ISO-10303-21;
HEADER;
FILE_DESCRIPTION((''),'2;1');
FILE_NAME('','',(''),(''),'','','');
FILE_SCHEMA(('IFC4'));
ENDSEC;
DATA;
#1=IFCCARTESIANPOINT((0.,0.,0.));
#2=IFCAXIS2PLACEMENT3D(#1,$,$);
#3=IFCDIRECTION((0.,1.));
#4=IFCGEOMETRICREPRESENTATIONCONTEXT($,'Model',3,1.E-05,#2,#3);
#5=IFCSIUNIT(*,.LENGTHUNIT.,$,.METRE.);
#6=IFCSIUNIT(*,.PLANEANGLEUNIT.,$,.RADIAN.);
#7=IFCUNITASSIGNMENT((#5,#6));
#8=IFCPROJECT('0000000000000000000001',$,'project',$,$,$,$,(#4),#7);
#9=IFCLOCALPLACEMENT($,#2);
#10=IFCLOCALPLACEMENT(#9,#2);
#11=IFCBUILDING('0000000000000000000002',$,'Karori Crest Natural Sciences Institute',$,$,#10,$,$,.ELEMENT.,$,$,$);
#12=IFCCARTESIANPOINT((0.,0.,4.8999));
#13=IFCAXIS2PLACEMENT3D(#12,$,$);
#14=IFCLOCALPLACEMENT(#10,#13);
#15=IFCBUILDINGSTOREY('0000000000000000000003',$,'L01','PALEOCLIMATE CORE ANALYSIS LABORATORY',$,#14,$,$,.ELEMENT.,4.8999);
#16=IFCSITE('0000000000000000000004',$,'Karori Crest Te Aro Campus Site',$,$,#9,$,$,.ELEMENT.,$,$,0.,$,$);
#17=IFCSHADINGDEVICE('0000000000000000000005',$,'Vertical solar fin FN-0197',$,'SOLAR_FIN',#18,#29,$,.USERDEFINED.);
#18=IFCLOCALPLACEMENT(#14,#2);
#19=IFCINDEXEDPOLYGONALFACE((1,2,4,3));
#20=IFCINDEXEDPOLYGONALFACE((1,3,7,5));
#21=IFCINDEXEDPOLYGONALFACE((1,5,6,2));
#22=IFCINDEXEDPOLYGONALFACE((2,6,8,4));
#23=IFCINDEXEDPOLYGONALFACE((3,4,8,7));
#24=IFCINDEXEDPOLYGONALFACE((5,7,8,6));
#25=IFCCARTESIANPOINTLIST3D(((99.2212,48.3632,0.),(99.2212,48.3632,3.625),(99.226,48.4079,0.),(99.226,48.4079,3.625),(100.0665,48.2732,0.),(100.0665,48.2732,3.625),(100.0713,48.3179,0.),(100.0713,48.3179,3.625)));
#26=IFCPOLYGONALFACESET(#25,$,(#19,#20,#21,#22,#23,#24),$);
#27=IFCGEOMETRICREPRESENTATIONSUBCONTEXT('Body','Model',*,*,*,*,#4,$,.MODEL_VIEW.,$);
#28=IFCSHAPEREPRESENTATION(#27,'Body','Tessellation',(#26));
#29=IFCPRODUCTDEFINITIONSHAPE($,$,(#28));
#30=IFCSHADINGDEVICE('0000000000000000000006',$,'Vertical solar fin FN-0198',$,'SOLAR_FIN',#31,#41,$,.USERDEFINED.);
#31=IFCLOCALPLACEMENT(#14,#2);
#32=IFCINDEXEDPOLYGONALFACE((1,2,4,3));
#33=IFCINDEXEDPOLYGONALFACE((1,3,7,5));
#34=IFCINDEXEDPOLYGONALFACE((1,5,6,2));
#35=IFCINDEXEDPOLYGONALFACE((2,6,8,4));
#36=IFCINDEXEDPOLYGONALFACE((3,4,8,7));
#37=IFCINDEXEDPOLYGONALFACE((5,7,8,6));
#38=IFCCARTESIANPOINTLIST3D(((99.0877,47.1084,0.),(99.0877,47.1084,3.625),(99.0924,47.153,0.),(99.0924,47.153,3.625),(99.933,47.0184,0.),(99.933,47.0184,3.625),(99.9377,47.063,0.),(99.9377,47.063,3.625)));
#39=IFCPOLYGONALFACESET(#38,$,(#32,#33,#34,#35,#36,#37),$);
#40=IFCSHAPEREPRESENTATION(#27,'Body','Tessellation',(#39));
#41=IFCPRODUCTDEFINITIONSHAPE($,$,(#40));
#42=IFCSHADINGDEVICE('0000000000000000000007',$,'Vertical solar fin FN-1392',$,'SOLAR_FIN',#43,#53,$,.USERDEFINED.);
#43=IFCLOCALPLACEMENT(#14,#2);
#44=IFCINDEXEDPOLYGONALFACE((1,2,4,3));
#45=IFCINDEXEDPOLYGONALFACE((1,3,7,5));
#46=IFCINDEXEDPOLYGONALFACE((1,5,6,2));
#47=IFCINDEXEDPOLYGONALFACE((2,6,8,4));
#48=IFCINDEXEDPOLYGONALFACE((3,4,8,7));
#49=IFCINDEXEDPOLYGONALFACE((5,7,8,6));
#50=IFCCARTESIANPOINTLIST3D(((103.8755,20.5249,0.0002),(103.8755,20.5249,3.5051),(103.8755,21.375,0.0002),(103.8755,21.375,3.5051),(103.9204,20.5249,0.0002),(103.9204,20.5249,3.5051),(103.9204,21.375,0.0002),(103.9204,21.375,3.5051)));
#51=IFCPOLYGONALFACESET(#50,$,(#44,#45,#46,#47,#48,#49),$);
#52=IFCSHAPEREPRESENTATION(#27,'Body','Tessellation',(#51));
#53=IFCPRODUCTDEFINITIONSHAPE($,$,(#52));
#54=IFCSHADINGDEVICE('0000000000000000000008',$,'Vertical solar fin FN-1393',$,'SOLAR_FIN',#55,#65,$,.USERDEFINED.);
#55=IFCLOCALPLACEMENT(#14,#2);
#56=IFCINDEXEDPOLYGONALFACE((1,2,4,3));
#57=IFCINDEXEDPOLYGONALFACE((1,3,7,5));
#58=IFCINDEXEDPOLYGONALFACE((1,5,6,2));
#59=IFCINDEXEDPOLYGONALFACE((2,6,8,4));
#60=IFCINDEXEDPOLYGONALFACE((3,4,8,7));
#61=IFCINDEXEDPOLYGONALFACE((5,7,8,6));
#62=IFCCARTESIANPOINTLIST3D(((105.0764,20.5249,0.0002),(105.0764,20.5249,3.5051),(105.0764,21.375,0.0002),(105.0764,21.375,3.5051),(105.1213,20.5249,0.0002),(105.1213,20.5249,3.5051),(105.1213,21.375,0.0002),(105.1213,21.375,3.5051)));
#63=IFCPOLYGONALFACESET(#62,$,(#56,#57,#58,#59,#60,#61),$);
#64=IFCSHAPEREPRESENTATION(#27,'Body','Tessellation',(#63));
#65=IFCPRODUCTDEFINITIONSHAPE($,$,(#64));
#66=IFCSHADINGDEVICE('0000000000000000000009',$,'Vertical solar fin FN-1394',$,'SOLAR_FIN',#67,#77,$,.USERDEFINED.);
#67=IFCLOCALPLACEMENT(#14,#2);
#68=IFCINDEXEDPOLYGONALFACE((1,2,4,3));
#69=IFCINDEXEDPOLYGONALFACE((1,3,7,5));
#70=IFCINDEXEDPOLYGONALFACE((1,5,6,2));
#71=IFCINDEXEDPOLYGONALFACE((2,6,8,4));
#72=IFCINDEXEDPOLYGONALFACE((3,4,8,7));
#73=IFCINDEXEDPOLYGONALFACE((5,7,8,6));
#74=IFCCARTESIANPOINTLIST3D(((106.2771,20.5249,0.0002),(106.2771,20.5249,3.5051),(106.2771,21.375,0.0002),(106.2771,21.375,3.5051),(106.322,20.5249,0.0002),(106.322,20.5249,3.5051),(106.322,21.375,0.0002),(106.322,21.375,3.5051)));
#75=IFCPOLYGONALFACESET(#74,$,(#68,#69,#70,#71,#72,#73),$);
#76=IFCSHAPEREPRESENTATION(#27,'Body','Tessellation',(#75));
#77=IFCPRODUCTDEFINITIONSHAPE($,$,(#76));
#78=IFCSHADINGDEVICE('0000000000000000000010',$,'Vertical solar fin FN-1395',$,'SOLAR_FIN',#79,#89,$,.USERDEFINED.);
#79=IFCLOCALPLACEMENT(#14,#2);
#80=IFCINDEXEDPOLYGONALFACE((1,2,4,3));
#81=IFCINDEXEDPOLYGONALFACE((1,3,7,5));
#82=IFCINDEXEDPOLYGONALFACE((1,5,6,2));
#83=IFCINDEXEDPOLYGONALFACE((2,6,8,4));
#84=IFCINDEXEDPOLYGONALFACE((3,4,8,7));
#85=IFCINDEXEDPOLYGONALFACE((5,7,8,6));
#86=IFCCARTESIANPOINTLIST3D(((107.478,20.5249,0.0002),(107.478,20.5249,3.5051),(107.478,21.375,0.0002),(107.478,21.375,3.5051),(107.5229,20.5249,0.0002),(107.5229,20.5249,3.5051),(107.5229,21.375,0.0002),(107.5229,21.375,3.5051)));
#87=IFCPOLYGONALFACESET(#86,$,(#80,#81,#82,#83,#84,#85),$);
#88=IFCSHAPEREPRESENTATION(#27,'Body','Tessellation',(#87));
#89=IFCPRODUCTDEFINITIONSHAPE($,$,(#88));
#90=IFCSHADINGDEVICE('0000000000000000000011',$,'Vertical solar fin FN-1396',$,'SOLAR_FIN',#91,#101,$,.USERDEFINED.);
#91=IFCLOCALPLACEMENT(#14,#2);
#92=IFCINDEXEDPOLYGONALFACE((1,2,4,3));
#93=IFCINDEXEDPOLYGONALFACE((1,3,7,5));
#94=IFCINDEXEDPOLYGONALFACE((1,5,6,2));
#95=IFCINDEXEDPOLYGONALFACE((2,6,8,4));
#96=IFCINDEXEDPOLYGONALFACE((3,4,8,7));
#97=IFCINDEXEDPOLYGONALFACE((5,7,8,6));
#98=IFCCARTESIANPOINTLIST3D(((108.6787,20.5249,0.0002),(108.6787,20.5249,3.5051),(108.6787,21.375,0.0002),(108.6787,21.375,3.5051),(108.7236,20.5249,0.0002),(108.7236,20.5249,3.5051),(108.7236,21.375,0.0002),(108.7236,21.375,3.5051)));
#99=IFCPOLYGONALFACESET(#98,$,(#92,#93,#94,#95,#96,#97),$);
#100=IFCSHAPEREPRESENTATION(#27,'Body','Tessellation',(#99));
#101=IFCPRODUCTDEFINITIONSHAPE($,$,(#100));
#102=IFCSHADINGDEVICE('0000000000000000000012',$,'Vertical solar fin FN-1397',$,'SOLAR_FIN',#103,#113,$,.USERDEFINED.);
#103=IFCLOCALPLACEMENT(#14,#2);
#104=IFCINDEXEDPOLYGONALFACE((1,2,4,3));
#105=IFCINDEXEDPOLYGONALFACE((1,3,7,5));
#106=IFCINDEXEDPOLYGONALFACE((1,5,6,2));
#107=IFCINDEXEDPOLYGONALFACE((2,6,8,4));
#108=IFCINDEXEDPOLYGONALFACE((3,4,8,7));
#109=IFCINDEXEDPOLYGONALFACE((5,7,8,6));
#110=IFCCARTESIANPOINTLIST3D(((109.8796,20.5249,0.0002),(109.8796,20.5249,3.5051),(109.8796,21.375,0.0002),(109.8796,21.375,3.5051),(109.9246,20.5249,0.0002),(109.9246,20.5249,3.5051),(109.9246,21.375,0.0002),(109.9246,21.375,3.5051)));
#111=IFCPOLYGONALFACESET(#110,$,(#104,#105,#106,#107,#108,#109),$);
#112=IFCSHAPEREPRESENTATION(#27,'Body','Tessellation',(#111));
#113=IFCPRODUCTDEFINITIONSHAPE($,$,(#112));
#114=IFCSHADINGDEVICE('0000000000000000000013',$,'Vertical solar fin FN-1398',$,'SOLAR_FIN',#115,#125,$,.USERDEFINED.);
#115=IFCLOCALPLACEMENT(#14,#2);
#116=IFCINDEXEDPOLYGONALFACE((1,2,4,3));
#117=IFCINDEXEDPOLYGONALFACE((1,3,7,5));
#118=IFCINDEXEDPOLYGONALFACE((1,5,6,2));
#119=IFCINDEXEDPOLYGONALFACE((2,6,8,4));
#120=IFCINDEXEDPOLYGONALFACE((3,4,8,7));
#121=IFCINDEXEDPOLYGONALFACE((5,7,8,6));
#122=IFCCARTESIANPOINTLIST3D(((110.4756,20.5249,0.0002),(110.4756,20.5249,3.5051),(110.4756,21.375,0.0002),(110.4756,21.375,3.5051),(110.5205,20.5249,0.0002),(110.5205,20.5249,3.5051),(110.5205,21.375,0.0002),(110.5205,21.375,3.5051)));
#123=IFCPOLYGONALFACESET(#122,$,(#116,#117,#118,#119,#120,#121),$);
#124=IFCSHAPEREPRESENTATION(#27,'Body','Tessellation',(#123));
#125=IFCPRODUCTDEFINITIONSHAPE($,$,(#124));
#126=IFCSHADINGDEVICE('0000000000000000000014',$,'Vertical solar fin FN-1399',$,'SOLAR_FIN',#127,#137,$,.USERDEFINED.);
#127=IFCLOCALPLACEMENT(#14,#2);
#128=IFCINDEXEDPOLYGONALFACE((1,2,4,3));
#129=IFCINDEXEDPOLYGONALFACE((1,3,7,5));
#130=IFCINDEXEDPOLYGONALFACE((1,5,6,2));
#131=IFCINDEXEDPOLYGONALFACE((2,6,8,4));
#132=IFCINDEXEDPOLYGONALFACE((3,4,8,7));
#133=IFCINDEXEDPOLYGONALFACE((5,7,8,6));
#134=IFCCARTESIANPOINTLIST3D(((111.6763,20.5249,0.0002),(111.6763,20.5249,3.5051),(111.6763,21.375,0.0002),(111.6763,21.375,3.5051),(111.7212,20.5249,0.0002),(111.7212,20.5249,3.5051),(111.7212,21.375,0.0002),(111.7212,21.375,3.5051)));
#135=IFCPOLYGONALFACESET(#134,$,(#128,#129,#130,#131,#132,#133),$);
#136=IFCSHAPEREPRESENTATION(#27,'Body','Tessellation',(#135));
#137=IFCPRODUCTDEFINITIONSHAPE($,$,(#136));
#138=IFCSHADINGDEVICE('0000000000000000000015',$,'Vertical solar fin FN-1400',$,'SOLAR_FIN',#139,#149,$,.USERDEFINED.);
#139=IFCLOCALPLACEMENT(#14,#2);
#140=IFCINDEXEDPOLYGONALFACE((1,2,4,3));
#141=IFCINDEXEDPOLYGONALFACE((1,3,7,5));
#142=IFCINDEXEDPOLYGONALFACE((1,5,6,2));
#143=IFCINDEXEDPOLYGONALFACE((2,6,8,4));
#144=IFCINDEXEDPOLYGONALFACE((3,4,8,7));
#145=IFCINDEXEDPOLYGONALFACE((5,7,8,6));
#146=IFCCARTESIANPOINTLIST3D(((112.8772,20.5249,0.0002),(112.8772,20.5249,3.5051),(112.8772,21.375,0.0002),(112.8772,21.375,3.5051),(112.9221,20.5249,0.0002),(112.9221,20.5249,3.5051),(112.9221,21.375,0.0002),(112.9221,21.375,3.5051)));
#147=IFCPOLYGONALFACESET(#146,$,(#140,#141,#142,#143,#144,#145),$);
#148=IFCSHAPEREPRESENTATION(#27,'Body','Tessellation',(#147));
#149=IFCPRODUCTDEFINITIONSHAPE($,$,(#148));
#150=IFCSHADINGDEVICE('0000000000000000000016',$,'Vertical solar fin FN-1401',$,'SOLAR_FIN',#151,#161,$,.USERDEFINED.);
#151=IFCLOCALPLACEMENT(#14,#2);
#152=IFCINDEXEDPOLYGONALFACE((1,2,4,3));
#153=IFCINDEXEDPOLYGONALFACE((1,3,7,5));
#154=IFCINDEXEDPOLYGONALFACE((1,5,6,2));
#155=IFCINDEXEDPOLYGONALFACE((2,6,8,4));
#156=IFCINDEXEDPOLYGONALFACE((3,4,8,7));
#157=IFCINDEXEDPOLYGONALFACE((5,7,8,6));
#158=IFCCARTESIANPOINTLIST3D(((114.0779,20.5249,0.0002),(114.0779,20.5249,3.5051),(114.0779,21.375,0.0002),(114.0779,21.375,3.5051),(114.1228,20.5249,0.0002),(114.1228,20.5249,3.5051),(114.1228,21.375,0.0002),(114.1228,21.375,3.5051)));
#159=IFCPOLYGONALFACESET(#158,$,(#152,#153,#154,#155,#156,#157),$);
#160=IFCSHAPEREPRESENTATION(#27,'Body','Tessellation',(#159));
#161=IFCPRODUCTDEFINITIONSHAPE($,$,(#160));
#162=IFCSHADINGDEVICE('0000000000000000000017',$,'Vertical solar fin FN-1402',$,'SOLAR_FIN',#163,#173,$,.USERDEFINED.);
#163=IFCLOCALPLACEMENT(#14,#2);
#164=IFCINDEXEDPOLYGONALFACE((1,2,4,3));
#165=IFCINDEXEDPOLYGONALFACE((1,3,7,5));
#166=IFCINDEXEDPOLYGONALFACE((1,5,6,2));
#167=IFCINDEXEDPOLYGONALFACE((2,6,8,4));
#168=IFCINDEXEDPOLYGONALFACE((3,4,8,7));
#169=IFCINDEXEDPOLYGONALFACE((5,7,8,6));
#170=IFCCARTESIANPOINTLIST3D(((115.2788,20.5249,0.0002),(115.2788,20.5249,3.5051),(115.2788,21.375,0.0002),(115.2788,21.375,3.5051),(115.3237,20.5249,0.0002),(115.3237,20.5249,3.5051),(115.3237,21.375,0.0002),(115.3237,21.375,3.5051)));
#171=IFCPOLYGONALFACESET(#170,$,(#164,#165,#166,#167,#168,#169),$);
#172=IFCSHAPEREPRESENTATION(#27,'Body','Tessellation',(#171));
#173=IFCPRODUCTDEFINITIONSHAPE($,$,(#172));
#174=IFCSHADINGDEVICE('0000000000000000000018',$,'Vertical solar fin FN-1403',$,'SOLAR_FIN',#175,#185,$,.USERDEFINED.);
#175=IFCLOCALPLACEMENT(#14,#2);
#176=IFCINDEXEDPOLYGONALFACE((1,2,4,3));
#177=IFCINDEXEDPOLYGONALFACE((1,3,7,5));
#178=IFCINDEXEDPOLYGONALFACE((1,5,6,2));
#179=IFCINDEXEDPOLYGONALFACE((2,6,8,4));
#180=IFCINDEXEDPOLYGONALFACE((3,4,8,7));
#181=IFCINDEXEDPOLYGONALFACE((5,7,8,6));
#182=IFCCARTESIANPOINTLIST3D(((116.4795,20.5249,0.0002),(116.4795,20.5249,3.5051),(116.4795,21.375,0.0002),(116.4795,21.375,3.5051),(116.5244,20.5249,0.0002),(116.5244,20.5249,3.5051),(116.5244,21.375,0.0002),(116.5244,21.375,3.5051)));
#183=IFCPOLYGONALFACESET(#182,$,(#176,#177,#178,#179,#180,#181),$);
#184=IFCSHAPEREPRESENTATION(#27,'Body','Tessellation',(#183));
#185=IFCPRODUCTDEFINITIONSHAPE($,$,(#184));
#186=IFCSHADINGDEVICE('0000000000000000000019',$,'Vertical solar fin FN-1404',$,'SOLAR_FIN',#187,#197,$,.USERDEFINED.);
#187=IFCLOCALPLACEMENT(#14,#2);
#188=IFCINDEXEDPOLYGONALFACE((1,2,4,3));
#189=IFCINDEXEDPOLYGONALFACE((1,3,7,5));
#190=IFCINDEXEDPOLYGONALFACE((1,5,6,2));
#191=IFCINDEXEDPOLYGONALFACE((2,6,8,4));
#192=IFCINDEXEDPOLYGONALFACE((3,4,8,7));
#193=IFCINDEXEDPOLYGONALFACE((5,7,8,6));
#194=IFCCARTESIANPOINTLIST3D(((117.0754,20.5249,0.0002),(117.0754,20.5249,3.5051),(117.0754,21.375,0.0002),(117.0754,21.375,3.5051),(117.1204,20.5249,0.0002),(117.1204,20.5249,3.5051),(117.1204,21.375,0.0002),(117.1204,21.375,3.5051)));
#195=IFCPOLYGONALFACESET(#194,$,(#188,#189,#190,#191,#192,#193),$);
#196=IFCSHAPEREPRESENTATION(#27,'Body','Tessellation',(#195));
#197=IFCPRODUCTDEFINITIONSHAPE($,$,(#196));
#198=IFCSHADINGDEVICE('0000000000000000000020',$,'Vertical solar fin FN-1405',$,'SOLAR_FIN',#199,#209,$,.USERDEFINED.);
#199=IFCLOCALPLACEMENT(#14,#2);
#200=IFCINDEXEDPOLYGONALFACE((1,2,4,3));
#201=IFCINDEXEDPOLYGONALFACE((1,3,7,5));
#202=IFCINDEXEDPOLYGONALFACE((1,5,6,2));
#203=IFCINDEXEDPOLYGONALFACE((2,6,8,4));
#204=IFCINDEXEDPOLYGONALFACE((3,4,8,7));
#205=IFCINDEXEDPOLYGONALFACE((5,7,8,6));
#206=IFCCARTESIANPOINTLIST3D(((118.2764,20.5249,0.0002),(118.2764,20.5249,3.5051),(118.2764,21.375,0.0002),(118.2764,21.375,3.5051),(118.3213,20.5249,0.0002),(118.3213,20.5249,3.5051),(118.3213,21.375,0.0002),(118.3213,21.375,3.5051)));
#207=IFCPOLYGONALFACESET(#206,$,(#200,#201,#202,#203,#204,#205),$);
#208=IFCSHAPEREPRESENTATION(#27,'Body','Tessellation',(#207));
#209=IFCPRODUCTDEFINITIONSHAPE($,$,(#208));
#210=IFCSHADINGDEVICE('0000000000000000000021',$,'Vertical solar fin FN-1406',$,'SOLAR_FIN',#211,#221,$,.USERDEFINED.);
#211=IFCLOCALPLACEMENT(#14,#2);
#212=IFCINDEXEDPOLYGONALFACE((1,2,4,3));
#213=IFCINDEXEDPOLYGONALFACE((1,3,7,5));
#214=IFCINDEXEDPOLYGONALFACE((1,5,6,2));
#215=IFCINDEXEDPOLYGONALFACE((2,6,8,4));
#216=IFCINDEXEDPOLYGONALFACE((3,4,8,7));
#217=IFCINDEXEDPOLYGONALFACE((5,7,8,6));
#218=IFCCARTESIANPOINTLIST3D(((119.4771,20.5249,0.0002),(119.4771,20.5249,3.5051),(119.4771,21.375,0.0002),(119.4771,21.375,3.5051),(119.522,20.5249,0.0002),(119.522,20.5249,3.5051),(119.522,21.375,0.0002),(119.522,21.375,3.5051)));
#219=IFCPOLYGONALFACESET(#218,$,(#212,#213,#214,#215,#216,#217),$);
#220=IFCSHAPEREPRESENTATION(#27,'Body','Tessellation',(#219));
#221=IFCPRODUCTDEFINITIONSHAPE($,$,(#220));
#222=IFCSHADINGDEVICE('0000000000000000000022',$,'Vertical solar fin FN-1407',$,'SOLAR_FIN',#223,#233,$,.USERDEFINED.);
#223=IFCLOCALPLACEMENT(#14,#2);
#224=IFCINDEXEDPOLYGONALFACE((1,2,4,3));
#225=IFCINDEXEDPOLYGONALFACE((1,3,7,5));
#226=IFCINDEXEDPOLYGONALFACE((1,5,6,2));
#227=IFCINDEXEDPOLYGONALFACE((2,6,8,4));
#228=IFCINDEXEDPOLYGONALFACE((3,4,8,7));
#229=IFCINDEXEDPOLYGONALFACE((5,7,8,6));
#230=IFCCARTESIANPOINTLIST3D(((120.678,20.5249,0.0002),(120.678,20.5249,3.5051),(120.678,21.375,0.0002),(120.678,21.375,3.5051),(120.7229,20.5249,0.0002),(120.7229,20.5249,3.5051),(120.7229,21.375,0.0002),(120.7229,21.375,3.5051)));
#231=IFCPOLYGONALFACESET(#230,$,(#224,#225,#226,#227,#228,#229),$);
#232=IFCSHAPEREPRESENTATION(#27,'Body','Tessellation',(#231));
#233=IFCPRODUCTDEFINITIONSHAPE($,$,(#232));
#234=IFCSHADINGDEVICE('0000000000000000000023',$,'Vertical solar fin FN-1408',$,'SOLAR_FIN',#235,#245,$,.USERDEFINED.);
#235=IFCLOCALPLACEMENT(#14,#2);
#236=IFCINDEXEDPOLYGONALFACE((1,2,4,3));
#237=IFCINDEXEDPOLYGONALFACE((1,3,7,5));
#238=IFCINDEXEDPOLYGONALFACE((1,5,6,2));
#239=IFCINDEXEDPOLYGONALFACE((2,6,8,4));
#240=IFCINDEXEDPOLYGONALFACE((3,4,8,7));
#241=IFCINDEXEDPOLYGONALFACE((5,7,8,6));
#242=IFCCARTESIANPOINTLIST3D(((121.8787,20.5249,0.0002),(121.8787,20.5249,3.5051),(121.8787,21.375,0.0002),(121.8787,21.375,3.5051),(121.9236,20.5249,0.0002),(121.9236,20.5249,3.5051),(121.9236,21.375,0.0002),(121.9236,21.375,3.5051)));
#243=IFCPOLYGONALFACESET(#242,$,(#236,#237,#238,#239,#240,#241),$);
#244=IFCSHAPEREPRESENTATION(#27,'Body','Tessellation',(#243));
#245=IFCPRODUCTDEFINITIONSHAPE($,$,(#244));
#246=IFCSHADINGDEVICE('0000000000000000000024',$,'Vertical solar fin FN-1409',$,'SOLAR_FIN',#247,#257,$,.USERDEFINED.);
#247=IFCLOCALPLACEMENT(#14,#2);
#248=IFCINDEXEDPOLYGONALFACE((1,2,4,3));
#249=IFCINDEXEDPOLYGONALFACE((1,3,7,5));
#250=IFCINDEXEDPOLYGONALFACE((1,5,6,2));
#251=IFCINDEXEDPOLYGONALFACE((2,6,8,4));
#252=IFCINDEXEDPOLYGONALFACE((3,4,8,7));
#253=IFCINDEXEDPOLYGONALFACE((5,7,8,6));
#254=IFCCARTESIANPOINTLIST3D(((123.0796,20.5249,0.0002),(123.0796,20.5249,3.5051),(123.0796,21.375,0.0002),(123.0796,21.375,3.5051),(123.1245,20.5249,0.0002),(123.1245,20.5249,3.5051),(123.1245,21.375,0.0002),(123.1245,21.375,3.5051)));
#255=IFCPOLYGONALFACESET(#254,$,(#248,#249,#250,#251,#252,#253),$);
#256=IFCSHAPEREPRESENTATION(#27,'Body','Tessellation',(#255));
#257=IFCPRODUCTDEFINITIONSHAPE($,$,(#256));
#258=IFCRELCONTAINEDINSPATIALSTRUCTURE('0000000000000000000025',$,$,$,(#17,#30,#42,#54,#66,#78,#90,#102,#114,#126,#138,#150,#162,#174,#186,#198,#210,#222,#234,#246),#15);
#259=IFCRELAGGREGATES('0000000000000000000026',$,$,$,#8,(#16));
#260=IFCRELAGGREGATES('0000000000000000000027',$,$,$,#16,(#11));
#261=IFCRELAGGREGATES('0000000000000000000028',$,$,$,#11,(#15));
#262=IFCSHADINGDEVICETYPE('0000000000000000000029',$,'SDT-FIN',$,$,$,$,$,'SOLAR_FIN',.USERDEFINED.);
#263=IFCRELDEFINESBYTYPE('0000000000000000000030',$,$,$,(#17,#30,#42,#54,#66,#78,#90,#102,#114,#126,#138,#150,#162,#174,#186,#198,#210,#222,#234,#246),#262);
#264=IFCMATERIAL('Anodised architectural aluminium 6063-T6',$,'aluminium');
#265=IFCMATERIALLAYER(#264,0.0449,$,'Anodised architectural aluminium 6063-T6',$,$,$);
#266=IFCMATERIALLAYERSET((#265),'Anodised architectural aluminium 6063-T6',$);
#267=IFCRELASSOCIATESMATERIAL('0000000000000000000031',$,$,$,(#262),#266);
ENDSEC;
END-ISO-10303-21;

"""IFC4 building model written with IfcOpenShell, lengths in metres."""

from ifc_helpers import new_model, si_unit, direction, frame, origin, origin_2d, place, context, subcontext, project, spatial, rectangle, extrude, material, layer, layer_set, type_object, element, save


model = new_model("IFC4")

# Units and contexts
model_context = context("Model", 3, precision=1e-05, world=origin(), true_north=direction((0.0, 1.0)))
body_context = subcontext(model_context, "Body", "Model", "MODEL_VIEW")
ifc_project = project(units=[si_unit("LENGTHUNIT", "METRE"), si_unit("PLANEANGLEUNIT", "RADIAN")], contexts=[model_context])

# Site, building, storey
site_placement = place(None, origin())
site = spatial("IfcSite", under=ifc_project, at=site_placement, Name="Karori Crest Te Aro Campus Site", CompositionType="ELEMENT", RefElevation=0.0)
building_placement = place(site_placement, origin())
building = spatial("IfcBuilding", under=site, at=building_placement, Name="Karori Crest Natural Sciences Institute", CompositionType="ELEMENT")
storey_placement = place(building_placement, frame((0.0, 0.0, 4.8999)))
storey = spatial("IfcBuildingStorey", under=building, at=storey_placement, Name="L01", Description="PALEOCLIMATE CORE ANALYSIS LABORATORY", CompositionType="ELEMENT", Elevation=4.8999)

# Shared definitions
ifc_material_1 = material(Name="Anodised architectural aluminium 6063-T6", Category="aluminium")

# Shading devices
ifc_layer_1 = layer(ifc_material_1, 0.0449, Name="Anodised architectural aluminium 6063-T6")
ifc_layer_set_1 = layer_set([ifc_layer_1], Name="Anodised architectural aluminium 6063-T6")
shading_device_type = type_object("IfcShadingDeviceType", Name="SDT-FIN", ElementType="SOLAR_FIN", PredefinedType="USERDEFINED", material=ifc_layer_set_1)
for number, where, z_axis, x_axis, name in (
    (1, (99.6462, 48.3406, 0.0), (0.0, 0.0, 1.0), (0.994378, -0.105884, 0.0), "Vertical solar fin FN-0197"),
    (2, (99.5127, 47.0857, 0.0), (0.0, 0.0, 1.0), (0.994378, -0.105884, 0.0), "Vertical solar fin FN-0198"),
):
    element("IfcShadingDevice", number, at=place(storey_placement, frame(where, z_axis=z_axis, x_axis=x_axis)), inside=storey, type_object=shading_device_type, Name=name, ObjectType="SOLAR_FIN", PredefinedType="USERDEFINED", context=body_context, shape_type="SweptSolid", body=[
        extrude(rectangle(XDim=0.8501, YDim=0.0449, at=origin_2d()), origin(), (0.0, 0.0, 1.0), 3.625),
    ])
for number, where, z_axis, x_axis, name in (
    (3, (103.8979, 20.95, 0.0002), (0.0, 0.0, 1.0), (0.0, 1.0, 0.0), "Vertical solar fin FN-1392"),
    (4, (105.0989, 20.95, 0.0002), (0.0, 0.0, 1.0), (0.0, 1.0, 0.0), "Vertical solar fin FN-1393"),
    (5, (106.2996, 20.95, 0.0002), (0.0, 0.0, 1.0), (0.0, 1.0, 0.0), "Vertical solar fin FN-1394"),
    (6, (107.5005, 20.95, 0.0002), (0.0, 0.0, 1.0), (0.0, 1.0, 0.0), "Vertical solar fin FN-1395"),
    (7, (108.7012, 20.95, 0.0002), (0.0, 0.0, 1.0), (0.0, 1.0, 0.0), "Vertical solar fin FN-1396"),
    (8, (109.9021, 20.95, 0.0002), (0.0, 0.0, 1.0), (0.0, 1.0, 0.0), "Vertical solar fin FN-1397"),
    (9, (110.498, 20.95, 0.0002), (0.0, 0.0, 1.0), (0.0, 1.0, 0.0), "Vertical solar fin FN-1398"),
    (10, (111.6987, 20.95, 0.0002), (0.0, 0.0, 1.0), (0.0, 1.0, 0.0), "Vertical solar fin FN-1399"),
    (11, (112.8997, 20.95, 0.0002), (0.0, 0.0, 1.0), (0.0, 1.0, 0.0), "Vertical solar fin FN-1400"),
    (12, (114.1003, 20.95, 0.0002), (0.0, 0.0, 1.0), (0.0, 1.0, 0.0), "Vertical solar fin FN-1401"),
    (13, (115.3013, 20.95, 0.0002), (0.0, 0.0, 1.0), (0.0, 1.0, 0.0), "Vertical solar fin FN-1402"),
    (14, (116.502, 20.95, 0.0002), (0.0, 0.0, 1.0), (0.0, 1.0, 0.0), "Vertical solar fin FN-1403"),
    (15, (117.0979, 20.95, 0.0002), (0.0, 0.0, 1.0), (0.0, 1.0, 0.0), "Vertical solar fin FN-1404"),
    (16, (118.2988, 20.95, 0.0002), (0.0, 0.0, 1.0), (0.0, 1.0, 0.0), "Vertical solar fin FN-1405"),
    (17, (119.4995, 20.95, 0.0002), (0.0, 0.0, 1.0), (0.0, 1.0, 0.0), "Vertical solar fin FN-1406"),
    (18, (120.7004, 20.95, 0.0002), (0.0, 0.0, 1.0), (0.0, 1.0, 0.0), "Vertical solar fin FN-1407"),
    (19, (121.9011, 20.95, 0.0002), (0.0, 0.0, 1.0), (0.0, 1.0, 0.0), "Vertical solar fin FN-1408"),
    (20, (123.1021, 20.95, 0.0002), (0.0, 0.0, 1.0), (0.0, 1.0, 0.0), "Vertical solar fin FN-1409"),
):
    element("IfcShadingDevice", number, at=place(storey_placement, frame(where, z_axis=z_axis, x_axis=x_axis)), inside=storey, type_object=shading_device_type, Name=name, ObjectType="SOLAR_FIN", PredefinedType="USERDEFINED", context=body_context, shape_type="SweptSolid", body=[
        extrude(rectangle(XDim=0.8501, YDim=0.0449, at=origin_2d()), origin(), (0.0, 0.0, 1.0), 3.5049),
    ])

save(model, "model.ifc")
